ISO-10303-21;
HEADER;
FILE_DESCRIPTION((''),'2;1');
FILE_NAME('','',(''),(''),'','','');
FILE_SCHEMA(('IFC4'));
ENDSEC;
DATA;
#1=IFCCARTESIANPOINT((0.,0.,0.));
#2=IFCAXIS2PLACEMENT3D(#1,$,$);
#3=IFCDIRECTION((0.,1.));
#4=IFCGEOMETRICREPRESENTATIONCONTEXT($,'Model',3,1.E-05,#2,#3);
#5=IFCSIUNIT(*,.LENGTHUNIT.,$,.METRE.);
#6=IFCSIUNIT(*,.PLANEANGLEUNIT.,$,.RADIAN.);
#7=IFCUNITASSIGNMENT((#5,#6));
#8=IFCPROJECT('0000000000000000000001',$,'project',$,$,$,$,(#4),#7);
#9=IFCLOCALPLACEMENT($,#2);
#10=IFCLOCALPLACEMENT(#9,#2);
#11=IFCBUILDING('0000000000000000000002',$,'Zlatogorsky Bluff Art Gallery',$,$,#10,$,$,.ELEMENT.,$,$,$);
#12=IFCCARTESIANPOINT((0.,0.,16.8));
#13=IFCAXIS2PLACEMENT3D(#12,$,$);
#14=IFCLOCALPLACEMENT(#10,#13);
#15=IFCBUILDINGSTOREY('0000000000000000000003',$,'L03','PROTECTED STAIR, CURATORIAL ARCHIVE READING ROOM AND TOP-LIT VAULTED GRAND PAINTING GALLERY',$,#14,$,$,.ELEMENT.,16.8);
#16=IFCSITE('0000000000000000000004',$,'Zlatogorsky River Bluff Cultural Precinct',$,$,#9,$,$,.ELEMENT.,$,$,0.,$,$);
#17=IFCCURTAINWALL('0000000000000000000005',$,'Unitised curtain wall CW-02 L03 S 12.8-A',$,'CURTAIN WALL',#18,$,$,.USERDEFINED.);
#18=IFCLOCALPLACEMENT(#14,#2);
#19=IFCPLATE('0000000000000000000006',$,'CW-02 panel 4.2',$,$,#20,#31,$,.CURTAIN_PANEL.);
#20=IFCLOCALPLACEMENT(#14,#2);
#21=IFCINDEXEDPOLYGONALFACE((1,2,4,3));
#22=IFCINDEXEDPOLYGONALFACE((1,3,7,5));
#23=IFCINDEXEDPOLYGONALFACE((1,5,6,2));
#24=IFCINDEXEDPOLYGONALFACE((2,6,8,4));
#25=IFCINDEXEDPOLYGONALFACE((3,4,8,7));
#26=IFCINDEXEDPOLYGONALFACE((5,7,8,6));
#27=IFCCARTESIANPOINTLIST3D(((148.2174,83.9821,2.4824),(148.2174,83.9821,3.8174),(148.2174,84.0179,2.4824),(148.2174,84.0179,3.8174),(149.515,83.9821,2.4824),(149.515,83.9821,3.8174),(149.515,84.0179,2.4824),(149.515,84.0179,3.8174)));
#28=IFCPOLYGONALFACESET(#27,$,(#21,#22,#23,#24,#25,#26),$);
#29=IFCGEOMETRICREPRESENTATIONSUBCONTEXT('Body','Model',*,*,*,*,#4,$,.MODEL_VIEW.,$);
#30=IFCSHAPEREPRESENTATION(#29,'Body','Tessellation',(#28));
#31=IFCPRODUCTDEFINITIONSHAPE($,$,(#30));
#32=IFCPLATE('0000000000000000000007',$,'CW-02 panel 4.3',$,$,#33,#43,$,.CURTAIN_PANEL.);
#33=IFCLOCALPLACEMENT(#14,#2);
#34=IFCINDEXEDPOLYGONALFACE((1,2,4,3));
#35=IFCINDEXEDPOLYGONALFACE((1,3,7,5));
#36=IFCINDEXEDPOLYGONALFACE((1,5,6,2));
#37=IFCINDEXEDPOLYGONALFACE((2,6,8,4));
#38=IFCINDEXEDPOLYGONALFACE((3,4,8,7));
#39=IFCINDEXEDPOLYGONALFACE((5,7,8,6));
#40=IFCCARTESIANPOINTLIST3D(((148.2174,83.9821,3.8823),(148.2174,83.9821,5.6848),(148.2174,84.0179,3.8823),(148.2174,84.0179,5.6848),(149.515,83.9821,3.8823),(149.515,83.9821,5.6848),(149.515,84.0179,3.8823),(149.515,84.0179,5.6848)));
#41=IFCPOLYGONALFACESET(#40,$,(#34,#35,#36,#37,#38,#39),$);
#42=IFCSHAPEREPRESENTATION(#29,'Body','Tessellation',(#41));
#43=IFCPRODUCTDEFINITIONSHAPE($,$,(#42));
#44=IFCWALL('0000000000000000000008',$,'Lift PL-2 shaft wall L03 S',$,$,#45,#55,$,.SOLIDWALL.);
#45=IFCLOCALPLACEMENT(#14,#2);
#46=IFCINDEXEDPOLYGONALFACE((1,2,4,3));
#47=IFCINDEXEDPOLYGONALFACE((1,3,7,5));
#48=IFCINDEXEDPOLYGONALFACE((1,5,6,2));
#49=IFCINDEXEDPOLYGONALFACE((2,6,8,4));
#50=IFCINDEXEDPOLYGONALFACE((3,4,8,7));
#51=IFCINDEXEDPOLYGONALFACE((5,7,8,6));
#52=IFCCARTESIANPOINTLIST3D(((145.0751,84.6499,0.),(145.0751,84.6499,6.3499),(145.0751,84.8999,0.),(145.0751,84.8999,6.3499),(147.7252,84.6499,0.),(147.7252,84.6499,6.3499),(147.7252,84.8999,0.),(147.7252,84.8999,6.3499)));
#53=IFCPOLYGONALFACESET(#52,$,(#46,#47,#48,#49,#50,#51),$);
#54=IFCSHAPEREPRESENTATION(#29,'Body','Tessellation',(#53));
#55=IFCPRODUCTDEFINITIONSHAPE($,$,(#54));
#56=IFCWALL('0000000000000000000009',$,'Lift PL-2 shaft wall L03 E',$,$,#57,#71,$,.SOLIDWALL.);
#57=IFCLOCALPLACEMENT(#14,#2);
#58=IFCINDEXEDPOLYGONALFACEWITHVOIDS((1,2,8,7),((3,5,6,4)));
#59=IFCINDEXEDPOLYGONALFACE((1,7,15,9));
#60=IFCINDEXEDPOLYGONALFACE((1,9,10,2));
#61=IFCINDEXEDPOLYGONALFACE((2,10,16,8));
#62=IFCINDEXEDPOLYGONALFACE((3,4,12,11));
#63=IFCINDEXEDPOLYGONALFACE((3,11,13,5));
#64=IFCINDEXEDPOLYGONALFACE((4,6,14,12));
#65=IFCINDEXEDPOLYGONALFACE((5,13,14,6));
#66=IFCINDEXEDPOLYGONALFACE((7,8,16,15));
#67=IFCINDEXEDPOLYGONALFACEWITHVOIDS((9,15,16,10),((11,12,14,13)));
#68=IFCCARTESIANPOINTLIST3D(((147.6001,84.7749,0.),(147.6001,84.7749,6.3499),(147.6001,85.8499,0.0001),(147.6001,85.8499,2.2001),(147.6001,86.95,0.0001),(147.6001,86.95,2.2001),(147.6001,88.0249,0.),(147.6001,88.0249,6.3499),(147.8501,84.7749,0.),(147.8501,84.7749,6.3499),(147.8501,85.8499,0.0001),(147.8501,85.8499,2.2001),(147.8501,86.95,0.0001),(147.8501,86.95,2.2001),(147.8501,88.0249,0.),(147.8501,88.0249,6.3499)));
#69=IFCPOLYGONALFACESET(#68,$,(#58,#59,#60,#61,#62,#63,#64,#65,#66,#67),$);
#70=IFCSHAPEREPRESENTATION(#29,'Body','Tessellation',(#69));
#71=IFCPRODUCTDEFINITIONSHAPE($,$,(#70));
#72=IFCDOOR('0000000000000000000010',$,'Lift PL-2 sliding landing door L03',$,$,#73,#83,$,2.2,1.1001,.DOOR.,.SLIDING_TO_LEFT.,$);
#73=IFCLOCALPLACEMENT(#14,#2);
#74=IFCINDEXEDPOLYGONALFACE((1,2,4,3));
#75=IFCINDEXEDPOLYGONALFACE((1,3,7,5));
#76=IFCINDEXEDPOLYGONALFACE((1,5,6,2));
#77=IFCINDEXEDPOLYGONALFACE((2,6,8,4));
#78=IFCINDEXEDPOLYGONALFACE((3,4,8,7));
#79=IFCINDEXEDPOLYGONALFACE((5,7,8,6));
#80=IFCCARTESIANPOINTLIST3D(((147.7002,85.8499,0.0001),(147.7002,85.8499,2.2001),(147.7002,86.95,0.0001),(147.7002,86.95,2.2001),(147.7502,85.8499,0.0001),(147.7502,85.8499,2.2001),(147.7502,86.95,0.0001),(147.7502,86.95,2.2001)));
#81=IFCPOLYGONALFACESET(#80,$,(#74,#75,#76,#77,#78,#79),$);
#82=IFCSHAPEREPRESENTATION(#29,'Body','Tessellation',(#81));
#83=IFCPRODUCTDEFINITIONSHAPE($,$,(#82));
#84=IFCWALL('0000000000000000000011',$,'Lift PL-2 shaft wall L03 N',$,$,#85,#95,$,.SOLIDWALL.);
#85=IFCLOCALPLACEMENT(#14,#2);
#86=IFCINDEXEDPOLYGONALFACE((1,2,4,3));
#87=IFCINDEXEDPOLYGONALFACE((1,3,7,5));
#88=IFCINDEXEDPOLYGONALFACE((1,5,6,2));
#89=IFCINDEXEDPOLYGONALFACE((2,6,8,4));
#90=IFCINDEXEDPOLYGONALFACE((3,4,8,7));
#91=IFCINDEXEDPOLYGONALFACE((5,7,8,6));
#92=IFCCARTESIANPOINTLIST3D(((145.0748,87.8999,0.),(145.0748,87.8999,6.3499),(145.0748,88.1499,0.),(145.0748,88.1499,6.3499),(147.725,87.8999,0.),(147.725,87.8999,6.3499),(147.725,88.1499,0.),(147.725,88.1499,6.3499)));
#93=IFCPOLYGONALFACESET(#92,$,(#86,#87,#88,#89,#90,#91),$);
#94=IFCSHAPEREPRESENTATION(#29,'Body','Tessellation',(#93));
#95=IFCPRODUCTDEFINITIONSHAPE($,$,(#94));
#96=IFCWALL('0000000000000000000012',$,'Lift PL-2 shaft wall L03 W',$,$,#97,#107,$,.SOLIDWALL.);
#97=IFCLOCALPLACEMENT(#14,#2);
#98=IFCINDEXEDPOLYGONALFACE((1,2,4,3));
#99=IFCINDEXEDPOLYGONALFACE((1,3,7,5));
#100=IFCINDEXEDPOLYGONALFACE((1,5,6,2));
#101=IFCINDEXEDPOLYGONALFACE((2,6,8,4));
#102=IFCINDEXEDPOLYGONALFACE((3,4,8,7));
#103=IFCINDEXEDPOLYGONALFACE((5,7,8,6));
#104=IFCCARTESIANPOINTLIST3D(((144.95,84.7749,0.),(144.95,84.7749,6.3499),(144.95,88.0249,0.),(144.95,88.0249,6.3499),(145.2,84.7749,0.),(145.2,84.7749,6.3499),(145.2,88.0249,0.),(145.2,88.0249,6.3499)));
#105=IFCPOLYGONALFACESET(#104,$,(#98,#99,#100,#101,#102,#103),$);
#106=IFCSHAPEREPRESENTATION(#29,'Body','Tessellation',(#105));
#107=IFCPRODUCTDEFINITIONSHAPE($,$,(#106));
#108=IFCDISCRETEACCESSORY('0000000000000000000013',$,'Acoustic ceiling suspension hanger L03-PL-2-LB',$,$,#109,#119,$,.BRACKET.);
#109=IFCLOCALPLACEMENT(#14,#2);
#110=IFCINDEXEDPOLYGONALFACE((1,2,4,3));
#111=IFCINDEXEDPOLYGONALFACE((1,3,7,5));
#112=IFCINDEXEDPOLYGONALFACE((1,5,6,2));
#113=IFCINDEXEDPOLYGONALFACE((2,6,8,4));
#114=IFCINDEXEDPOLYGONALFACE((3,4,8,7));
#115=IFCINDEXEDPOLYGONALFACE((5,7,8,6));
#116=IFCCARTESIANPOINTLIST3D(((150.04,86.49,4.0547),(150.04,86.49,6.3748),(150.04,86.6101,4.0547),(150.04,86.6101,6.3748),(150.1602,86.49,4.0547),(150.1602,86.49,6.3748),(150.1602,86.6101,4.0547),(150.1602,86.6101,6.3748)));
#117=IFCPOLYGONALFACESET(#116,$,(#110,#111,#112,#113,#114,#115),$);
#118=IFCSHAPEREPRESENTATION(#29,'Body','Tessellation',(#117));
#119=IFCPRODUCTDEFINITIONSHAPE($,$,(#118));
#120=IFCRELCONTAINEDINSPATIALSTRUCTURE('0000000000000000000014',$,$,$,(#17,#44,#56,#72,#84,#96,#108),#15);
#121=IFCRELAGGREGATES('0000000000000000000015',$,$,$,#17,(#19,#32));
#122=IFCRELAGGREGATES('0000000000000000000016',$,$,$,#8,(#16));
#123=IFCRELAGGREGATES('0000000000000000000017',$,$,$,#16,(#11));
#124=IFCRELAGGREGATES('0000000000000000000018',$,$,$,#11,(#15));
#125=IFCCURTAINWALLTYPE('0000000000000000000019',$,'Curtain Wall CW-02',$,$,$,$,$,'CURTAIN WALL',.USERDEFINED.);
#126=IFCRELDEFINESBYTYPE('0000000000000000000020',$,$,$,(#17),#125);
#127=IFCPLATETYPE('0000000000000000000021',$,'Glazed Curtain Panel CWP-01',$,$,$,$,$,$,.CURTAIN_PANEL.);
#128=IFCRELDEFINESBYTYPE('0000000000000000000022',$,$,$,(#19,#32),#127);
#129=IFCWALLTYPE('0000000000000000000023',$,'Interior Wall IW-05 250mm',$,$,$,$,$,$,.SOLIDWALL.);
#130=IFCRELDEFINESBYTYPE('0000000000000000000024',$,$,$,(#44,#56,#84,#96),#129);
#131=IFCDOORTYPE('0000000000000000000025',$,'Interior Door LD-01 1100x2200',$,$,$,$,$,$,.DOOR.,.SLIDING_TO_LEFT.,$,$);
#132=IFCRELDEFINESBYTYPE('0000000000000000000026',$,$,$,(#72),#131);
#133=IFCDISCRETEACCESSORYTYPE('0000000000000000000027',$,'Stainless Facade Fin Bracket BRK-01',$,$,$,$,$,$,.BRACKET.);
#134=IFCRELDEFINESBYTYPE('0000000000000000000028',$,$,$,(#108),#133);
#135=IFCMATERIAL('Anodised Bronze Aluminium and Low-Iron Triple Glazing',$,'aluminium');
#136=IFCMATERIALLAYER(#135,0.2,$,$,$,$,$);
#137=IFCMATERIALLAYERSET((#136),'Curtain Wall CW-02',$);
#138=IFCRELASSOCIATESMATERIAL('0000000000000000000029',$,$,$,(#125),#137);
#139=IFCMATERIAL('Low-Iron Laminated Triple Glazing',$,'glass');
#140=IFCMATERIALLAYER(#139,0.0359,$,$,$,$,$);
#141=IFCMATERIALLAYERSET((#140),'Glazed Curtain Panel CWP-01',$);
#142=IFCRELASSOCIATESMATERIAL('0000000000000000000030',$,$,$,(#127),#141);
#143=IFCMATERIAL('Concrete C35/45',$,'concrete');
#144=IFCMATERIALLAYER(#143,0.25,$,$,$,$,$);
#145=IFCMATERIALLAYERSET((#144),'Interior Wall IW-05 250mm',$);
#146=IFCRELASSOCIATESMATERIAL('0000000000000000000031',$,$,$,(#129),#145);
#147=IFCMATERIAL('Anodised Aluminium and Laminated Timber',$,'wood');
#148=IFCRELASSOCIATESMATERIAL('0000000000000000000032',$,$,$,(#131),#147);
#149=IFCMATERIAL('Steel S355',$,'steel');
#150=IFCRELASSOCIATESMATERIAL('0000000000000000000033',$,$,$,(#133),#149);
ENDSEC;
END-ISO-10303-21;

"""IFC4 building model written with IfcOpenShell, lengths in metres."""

from ifc_helpers import new_model, si_unit, direction, frame, frame_2d, origin, origin_2d, place, context, subcontext, project, spatial, rectangle, extrude, material, layer, layer_set, type_object, element, fill, aggregate, save


model = new_model("IFC4")

# Units and contexts
model_context = context("Model", 3, precision=1e-05, world=origin(), true_north=direction((0.0, 1.0)))
body_context = subcontext(model_context, "Body", "Model", "MODEL_VIEW")
ifc_project = project(units=[si_unit("LENGTHUNIT", "METRE"), si_unit("PLANEANGLEUNIT", "RADIAN")], contexts=[model_context])

# Site, building, storey
site_placement = place(None, origin())
site = spatial("IfcSite", under=ifc_project, at=site_placement, Name="Zlatogorsky River Bluff Cultural Precinct", CompositionType="ELEMENT", RefElevation=0.0)
building_placement = place(site_placement, origin())
building = spatial("IfcBuilding", under=site, at=building_placement, Name="Zlatogorsky Bluff Art Gallery", CompositionType="ELEMENT")
storey_placement = place(building_placement, frame((0.0, 0.0, 16.8)))
storey = spatial("IfcBuildingStorey", under=building, at=storey_placement, Name="L03", Description="PROTECTED STAIR, CURATORIAL ARCHIVE READING ROOM AND TOP-LIT VAULTED GRAND PAINTING GALLERY", CompositionType="ELEMENT", Elevation=16.8)

# Shared definitions
ifc_material_1 = material(Name="Steel S355", Category="steel")

# Curtain wall
ifc_material_2 = material(Name="Anodised Bronze Aluminium and Low-Iron Triple Glazing", Category="aluminium")
ifc_layer_1 = layer(ifc_material_2, 0.2)
ifc_layer_set_1 = layer_set([ifc_layer_1], Name="Curtain Wall CW-02")
curtain_wall_type = type_object("IfcCurtainWallType", Name="Curtain Wall CW-02", ElementType="CURTAIN WALL", PredefinedType="USERDEFINED", material=ifc_layer_set_1)
curtain_wall_1_placement = place(storey_placement, origin())
curtain_wall_1 = element("IfcCurtainWall", 1, at=curtain_wall_1_placement, inside=storey, type_object=curtain_wall_type, Name="Unitised curtain wall CW-02 L03 S 12.8-A", ObjectType="CURTAIN WALL", PredefinedType="USERDEFINED")

# Plates
ifc_material_3 = material(Name="Low-Iron Laminated Triple Glazing", Category="glass")
ifc_layer_2 = layer(ifc_material_3, 0.0359)
ifc_layer_set_2 = layer_set([ifc_layer_2], Name="Glazed Curtain Panel CWP-01")
plate_type = type_object("IfcPlateType", Name="Glazed Curtain Panel CWP-01", PredefinedType="CURTAIN_PANEL", material=ifc_layer_set_2)
plate_1_placement = place(storey_placement, frame((148.8662, 84.0, 2.4824), z_axis=(0.0, 0.0, 1.0), x_axis=(1.0, 0.0, 0.0)))
plate_1 = element("IfcPlate", 2, at=plate_1_placement, type_object=plate_type, Name="CW-02 panel 4.2", PredefinedType="CURTAIN_PANEL", context=body_context, shape_type="SweptSolid", body=[
    extrude(rectangle(XDim=1.2976, YDim=0.0359, at=origin_2d()), origin(), (0.0, 0.0, 1.0), 1.335),
])
plate_2_placement = place(storey_placement, frame((148.8662, 84.0, 3.8823), z_axis=(0.0, 0.0, 1.0), x_axis=(1.0, 0.0, 0.0)))
plate_2 = element("IfcPlate", 3, at=plate_2_placement, type_object=plate_type, Name="CW-02 panel 4.3", PredefinedType="CURTAIN_PANEL", context=body_context, shape_type="SweptSolid", body=[
    extrude(rectangle(XDim=1.2976, YDim=0.0359, at=origin_2d()), origin(), (0.0, 0.0, 1.0), 1.8025),
])
aggregate(curtain_wall_1, [plate_1, plate_2])

# Wall
ifc_material_4 = material(Name="Concrete C35/45", Category="concrete")
ifc_layer_3 = layer(ifc_material_4, 0.25)
ifc_layer_set_3 = layer_set([ifc_layer_3], Name="Interior Wall IW-05 250mm")
wall_type = type_object("IfcWallType", Name="Interior Wall IW-05 250mm", PredefinedType="SOLIDWALL", material=ifc_layer_set_3)
wall_1_placement = place(storey_placement, frame((145.075, 84.7749, 0.0), z_axis=(0.0, 0.0, 1.0), x_axis=(1.0, 0.0, 0.0)))
element("IfcWall", 4, at=wall_1_placement, inside=storey, type_object=wall_type, Name="Lift PL-2 shaft wall L03 S", PredefinedType="SOLIDWALL", context=body_context, shape_type="SweptSolid", body=[
    extrude(rectangle(XDim=2.6501, YDim=0.25, at=frame_2d((1.3252, 0.0))), origin(), (0.0, 0.0, 1.0), 6.3499),
])

# Wall, opening, door
wall_2_placement = place(storey_placement, frame((147.7251, 84.7749, 0.0), z_axis=(0.0, 0.0, 1.0), x_axis=(0.0, 1.0, 0.0)))
wall_2 = element("IfcWall", 5, at=wall_2_placement, inside=storey, type_object=wall_type, Name="Lift PL-2 shaft wall L03 E", PredefinedType="SOLIDWALL", context=body_context, shape_type="SweptSolid", body=[
    extrude(rectangle(XDim=3.25, YDim=0.25, at=frame_2d((1.625, 0.0))), origin(), (0.0, 0.0, 1.0), 6.3499),
])
opening_placement = place(wall_2_placement, frame((1.075, 0.0, 0.0)))
opening = element("IfcOpeningElement", 6, at=opening_placement, cuts=wall_2, PredefinedType="OPENING", context=body_context, shape_type="SweptSolid", body=[
    extrude(rectangle(XDim=1.1001, YDim=2.2, at=frame_2d((0.55, 1.1001))), frame((0.0, 0.135, 0.0), z_axis=(0.0, -1.0, 0.0), x_axis=(1.0, 0.0, 0.0)), (0.0, 0.0, 1.0), 0.27),
])
ifc_material_5 = material(Name="Anodised Aluminium and Laminated Timber", Category="wood")
door_type = type_object("IfcDoorType", Name="Interior Door LD-01 1100x2200", OperationType="SLIDING_TO_LEFT", PredefinedType="DOOR", material=ifc_material_5)
door_placement = place(opening_placement, origin())
door = element("IfcDoor", 7, at=door_placement, inside=storey, type_object=door_type, Name="Lift PL-2 sliding landing door L03", OperationType="SLIDING_TO_LEFT", OverallHeight=2.2, OverallWidth=1.1001, PredefinedType="DOOR", context=body_context, shape_type="SweptSolid", body=[
    extrude(rectangle(XDim=1.1001, YDim=2.2, at=frame_2d((0.55, 1.1001))), frame((0.0, 0.0249, 0.0), z_axis=(0.0, -1.0, 0.0), x_axis=(1.0, 0.0, 0.0)), (0.0, 0.0, 1.0), 0.05),
])
fill(opening, door)

# Walls
wall_3_placement = place(storey_placement, frame((147.7251, 88.0249, 0.0), z_axis=(0.0, 0.0, 1.0), x_axis=(-1.0, 0.0, 0.0)))
element("IfcWall", 8, at=wall_3_placement, inside=storey, type_object=wall_type, Name="Lift PL-2 shaft wall L03 N", PredefinedType="SOLIDWALL", context=body_context, shape_type="SweptSolid", body=[
    extrude(rectangle(XDim=2.6501, YDim=0.25, at=frame_2d((1.3252, 0.0))), origin(), (0.0, 0.0, 1.0), 6.3499),
])
wall_4_placement = place(storey_placement, frame((145.075, 88.0249, 0.0), z_axis=(0.0, 0.0, 1.0), x_axis=(0.0, -1.0, 0.0)))
element("IfcWall", 9, at=wall_4_placement, inside=storey, type_object=wall_type, Name="Lift PL-2 shaft wall L03 W", PredefinedType="SOLIDWALL", context=body_context, shape_type="SweptSolid", body=[
    extrude(rectangle(XDim=3.25, YDim=0.25, at=frame_2d((1.625, 0.0))), origin(), (0.0, 0.0, 1.0), 6.3499),
])

# Discrete accessory
discrete_accessory_type = type_object("IfcDiscreteAccessoryType", Name="Stainless Facade Fin Bracket BRK-01", PredefinedType="BRACKET", material=ifc_material_1)
discrete_accessory_placement = place(storey_placement, frame((150.1001, 86.55, 4.0547), z_axis=(0.0, 0.0, 1.0), x_axis=(1.0, 0.0, 0.0)))
element("IfcDiscreteAccessory", 10, at=discrete_accessory_placement, inside=storey, type_object=discrete_accessory_type, Name="Acoustic ceiling suspension hanger L03-PL-2-LB", PredefinedType="BRACKET", context=body_context, shape_type="SweptSolid", body=[
    extrude(rectangle(XDim=0.1201, YDim=0.1201, at=origin_2d()), origin(), (0.0, 0.0, 1.0), 2.3201),
])

save(model, "model.ifc")
